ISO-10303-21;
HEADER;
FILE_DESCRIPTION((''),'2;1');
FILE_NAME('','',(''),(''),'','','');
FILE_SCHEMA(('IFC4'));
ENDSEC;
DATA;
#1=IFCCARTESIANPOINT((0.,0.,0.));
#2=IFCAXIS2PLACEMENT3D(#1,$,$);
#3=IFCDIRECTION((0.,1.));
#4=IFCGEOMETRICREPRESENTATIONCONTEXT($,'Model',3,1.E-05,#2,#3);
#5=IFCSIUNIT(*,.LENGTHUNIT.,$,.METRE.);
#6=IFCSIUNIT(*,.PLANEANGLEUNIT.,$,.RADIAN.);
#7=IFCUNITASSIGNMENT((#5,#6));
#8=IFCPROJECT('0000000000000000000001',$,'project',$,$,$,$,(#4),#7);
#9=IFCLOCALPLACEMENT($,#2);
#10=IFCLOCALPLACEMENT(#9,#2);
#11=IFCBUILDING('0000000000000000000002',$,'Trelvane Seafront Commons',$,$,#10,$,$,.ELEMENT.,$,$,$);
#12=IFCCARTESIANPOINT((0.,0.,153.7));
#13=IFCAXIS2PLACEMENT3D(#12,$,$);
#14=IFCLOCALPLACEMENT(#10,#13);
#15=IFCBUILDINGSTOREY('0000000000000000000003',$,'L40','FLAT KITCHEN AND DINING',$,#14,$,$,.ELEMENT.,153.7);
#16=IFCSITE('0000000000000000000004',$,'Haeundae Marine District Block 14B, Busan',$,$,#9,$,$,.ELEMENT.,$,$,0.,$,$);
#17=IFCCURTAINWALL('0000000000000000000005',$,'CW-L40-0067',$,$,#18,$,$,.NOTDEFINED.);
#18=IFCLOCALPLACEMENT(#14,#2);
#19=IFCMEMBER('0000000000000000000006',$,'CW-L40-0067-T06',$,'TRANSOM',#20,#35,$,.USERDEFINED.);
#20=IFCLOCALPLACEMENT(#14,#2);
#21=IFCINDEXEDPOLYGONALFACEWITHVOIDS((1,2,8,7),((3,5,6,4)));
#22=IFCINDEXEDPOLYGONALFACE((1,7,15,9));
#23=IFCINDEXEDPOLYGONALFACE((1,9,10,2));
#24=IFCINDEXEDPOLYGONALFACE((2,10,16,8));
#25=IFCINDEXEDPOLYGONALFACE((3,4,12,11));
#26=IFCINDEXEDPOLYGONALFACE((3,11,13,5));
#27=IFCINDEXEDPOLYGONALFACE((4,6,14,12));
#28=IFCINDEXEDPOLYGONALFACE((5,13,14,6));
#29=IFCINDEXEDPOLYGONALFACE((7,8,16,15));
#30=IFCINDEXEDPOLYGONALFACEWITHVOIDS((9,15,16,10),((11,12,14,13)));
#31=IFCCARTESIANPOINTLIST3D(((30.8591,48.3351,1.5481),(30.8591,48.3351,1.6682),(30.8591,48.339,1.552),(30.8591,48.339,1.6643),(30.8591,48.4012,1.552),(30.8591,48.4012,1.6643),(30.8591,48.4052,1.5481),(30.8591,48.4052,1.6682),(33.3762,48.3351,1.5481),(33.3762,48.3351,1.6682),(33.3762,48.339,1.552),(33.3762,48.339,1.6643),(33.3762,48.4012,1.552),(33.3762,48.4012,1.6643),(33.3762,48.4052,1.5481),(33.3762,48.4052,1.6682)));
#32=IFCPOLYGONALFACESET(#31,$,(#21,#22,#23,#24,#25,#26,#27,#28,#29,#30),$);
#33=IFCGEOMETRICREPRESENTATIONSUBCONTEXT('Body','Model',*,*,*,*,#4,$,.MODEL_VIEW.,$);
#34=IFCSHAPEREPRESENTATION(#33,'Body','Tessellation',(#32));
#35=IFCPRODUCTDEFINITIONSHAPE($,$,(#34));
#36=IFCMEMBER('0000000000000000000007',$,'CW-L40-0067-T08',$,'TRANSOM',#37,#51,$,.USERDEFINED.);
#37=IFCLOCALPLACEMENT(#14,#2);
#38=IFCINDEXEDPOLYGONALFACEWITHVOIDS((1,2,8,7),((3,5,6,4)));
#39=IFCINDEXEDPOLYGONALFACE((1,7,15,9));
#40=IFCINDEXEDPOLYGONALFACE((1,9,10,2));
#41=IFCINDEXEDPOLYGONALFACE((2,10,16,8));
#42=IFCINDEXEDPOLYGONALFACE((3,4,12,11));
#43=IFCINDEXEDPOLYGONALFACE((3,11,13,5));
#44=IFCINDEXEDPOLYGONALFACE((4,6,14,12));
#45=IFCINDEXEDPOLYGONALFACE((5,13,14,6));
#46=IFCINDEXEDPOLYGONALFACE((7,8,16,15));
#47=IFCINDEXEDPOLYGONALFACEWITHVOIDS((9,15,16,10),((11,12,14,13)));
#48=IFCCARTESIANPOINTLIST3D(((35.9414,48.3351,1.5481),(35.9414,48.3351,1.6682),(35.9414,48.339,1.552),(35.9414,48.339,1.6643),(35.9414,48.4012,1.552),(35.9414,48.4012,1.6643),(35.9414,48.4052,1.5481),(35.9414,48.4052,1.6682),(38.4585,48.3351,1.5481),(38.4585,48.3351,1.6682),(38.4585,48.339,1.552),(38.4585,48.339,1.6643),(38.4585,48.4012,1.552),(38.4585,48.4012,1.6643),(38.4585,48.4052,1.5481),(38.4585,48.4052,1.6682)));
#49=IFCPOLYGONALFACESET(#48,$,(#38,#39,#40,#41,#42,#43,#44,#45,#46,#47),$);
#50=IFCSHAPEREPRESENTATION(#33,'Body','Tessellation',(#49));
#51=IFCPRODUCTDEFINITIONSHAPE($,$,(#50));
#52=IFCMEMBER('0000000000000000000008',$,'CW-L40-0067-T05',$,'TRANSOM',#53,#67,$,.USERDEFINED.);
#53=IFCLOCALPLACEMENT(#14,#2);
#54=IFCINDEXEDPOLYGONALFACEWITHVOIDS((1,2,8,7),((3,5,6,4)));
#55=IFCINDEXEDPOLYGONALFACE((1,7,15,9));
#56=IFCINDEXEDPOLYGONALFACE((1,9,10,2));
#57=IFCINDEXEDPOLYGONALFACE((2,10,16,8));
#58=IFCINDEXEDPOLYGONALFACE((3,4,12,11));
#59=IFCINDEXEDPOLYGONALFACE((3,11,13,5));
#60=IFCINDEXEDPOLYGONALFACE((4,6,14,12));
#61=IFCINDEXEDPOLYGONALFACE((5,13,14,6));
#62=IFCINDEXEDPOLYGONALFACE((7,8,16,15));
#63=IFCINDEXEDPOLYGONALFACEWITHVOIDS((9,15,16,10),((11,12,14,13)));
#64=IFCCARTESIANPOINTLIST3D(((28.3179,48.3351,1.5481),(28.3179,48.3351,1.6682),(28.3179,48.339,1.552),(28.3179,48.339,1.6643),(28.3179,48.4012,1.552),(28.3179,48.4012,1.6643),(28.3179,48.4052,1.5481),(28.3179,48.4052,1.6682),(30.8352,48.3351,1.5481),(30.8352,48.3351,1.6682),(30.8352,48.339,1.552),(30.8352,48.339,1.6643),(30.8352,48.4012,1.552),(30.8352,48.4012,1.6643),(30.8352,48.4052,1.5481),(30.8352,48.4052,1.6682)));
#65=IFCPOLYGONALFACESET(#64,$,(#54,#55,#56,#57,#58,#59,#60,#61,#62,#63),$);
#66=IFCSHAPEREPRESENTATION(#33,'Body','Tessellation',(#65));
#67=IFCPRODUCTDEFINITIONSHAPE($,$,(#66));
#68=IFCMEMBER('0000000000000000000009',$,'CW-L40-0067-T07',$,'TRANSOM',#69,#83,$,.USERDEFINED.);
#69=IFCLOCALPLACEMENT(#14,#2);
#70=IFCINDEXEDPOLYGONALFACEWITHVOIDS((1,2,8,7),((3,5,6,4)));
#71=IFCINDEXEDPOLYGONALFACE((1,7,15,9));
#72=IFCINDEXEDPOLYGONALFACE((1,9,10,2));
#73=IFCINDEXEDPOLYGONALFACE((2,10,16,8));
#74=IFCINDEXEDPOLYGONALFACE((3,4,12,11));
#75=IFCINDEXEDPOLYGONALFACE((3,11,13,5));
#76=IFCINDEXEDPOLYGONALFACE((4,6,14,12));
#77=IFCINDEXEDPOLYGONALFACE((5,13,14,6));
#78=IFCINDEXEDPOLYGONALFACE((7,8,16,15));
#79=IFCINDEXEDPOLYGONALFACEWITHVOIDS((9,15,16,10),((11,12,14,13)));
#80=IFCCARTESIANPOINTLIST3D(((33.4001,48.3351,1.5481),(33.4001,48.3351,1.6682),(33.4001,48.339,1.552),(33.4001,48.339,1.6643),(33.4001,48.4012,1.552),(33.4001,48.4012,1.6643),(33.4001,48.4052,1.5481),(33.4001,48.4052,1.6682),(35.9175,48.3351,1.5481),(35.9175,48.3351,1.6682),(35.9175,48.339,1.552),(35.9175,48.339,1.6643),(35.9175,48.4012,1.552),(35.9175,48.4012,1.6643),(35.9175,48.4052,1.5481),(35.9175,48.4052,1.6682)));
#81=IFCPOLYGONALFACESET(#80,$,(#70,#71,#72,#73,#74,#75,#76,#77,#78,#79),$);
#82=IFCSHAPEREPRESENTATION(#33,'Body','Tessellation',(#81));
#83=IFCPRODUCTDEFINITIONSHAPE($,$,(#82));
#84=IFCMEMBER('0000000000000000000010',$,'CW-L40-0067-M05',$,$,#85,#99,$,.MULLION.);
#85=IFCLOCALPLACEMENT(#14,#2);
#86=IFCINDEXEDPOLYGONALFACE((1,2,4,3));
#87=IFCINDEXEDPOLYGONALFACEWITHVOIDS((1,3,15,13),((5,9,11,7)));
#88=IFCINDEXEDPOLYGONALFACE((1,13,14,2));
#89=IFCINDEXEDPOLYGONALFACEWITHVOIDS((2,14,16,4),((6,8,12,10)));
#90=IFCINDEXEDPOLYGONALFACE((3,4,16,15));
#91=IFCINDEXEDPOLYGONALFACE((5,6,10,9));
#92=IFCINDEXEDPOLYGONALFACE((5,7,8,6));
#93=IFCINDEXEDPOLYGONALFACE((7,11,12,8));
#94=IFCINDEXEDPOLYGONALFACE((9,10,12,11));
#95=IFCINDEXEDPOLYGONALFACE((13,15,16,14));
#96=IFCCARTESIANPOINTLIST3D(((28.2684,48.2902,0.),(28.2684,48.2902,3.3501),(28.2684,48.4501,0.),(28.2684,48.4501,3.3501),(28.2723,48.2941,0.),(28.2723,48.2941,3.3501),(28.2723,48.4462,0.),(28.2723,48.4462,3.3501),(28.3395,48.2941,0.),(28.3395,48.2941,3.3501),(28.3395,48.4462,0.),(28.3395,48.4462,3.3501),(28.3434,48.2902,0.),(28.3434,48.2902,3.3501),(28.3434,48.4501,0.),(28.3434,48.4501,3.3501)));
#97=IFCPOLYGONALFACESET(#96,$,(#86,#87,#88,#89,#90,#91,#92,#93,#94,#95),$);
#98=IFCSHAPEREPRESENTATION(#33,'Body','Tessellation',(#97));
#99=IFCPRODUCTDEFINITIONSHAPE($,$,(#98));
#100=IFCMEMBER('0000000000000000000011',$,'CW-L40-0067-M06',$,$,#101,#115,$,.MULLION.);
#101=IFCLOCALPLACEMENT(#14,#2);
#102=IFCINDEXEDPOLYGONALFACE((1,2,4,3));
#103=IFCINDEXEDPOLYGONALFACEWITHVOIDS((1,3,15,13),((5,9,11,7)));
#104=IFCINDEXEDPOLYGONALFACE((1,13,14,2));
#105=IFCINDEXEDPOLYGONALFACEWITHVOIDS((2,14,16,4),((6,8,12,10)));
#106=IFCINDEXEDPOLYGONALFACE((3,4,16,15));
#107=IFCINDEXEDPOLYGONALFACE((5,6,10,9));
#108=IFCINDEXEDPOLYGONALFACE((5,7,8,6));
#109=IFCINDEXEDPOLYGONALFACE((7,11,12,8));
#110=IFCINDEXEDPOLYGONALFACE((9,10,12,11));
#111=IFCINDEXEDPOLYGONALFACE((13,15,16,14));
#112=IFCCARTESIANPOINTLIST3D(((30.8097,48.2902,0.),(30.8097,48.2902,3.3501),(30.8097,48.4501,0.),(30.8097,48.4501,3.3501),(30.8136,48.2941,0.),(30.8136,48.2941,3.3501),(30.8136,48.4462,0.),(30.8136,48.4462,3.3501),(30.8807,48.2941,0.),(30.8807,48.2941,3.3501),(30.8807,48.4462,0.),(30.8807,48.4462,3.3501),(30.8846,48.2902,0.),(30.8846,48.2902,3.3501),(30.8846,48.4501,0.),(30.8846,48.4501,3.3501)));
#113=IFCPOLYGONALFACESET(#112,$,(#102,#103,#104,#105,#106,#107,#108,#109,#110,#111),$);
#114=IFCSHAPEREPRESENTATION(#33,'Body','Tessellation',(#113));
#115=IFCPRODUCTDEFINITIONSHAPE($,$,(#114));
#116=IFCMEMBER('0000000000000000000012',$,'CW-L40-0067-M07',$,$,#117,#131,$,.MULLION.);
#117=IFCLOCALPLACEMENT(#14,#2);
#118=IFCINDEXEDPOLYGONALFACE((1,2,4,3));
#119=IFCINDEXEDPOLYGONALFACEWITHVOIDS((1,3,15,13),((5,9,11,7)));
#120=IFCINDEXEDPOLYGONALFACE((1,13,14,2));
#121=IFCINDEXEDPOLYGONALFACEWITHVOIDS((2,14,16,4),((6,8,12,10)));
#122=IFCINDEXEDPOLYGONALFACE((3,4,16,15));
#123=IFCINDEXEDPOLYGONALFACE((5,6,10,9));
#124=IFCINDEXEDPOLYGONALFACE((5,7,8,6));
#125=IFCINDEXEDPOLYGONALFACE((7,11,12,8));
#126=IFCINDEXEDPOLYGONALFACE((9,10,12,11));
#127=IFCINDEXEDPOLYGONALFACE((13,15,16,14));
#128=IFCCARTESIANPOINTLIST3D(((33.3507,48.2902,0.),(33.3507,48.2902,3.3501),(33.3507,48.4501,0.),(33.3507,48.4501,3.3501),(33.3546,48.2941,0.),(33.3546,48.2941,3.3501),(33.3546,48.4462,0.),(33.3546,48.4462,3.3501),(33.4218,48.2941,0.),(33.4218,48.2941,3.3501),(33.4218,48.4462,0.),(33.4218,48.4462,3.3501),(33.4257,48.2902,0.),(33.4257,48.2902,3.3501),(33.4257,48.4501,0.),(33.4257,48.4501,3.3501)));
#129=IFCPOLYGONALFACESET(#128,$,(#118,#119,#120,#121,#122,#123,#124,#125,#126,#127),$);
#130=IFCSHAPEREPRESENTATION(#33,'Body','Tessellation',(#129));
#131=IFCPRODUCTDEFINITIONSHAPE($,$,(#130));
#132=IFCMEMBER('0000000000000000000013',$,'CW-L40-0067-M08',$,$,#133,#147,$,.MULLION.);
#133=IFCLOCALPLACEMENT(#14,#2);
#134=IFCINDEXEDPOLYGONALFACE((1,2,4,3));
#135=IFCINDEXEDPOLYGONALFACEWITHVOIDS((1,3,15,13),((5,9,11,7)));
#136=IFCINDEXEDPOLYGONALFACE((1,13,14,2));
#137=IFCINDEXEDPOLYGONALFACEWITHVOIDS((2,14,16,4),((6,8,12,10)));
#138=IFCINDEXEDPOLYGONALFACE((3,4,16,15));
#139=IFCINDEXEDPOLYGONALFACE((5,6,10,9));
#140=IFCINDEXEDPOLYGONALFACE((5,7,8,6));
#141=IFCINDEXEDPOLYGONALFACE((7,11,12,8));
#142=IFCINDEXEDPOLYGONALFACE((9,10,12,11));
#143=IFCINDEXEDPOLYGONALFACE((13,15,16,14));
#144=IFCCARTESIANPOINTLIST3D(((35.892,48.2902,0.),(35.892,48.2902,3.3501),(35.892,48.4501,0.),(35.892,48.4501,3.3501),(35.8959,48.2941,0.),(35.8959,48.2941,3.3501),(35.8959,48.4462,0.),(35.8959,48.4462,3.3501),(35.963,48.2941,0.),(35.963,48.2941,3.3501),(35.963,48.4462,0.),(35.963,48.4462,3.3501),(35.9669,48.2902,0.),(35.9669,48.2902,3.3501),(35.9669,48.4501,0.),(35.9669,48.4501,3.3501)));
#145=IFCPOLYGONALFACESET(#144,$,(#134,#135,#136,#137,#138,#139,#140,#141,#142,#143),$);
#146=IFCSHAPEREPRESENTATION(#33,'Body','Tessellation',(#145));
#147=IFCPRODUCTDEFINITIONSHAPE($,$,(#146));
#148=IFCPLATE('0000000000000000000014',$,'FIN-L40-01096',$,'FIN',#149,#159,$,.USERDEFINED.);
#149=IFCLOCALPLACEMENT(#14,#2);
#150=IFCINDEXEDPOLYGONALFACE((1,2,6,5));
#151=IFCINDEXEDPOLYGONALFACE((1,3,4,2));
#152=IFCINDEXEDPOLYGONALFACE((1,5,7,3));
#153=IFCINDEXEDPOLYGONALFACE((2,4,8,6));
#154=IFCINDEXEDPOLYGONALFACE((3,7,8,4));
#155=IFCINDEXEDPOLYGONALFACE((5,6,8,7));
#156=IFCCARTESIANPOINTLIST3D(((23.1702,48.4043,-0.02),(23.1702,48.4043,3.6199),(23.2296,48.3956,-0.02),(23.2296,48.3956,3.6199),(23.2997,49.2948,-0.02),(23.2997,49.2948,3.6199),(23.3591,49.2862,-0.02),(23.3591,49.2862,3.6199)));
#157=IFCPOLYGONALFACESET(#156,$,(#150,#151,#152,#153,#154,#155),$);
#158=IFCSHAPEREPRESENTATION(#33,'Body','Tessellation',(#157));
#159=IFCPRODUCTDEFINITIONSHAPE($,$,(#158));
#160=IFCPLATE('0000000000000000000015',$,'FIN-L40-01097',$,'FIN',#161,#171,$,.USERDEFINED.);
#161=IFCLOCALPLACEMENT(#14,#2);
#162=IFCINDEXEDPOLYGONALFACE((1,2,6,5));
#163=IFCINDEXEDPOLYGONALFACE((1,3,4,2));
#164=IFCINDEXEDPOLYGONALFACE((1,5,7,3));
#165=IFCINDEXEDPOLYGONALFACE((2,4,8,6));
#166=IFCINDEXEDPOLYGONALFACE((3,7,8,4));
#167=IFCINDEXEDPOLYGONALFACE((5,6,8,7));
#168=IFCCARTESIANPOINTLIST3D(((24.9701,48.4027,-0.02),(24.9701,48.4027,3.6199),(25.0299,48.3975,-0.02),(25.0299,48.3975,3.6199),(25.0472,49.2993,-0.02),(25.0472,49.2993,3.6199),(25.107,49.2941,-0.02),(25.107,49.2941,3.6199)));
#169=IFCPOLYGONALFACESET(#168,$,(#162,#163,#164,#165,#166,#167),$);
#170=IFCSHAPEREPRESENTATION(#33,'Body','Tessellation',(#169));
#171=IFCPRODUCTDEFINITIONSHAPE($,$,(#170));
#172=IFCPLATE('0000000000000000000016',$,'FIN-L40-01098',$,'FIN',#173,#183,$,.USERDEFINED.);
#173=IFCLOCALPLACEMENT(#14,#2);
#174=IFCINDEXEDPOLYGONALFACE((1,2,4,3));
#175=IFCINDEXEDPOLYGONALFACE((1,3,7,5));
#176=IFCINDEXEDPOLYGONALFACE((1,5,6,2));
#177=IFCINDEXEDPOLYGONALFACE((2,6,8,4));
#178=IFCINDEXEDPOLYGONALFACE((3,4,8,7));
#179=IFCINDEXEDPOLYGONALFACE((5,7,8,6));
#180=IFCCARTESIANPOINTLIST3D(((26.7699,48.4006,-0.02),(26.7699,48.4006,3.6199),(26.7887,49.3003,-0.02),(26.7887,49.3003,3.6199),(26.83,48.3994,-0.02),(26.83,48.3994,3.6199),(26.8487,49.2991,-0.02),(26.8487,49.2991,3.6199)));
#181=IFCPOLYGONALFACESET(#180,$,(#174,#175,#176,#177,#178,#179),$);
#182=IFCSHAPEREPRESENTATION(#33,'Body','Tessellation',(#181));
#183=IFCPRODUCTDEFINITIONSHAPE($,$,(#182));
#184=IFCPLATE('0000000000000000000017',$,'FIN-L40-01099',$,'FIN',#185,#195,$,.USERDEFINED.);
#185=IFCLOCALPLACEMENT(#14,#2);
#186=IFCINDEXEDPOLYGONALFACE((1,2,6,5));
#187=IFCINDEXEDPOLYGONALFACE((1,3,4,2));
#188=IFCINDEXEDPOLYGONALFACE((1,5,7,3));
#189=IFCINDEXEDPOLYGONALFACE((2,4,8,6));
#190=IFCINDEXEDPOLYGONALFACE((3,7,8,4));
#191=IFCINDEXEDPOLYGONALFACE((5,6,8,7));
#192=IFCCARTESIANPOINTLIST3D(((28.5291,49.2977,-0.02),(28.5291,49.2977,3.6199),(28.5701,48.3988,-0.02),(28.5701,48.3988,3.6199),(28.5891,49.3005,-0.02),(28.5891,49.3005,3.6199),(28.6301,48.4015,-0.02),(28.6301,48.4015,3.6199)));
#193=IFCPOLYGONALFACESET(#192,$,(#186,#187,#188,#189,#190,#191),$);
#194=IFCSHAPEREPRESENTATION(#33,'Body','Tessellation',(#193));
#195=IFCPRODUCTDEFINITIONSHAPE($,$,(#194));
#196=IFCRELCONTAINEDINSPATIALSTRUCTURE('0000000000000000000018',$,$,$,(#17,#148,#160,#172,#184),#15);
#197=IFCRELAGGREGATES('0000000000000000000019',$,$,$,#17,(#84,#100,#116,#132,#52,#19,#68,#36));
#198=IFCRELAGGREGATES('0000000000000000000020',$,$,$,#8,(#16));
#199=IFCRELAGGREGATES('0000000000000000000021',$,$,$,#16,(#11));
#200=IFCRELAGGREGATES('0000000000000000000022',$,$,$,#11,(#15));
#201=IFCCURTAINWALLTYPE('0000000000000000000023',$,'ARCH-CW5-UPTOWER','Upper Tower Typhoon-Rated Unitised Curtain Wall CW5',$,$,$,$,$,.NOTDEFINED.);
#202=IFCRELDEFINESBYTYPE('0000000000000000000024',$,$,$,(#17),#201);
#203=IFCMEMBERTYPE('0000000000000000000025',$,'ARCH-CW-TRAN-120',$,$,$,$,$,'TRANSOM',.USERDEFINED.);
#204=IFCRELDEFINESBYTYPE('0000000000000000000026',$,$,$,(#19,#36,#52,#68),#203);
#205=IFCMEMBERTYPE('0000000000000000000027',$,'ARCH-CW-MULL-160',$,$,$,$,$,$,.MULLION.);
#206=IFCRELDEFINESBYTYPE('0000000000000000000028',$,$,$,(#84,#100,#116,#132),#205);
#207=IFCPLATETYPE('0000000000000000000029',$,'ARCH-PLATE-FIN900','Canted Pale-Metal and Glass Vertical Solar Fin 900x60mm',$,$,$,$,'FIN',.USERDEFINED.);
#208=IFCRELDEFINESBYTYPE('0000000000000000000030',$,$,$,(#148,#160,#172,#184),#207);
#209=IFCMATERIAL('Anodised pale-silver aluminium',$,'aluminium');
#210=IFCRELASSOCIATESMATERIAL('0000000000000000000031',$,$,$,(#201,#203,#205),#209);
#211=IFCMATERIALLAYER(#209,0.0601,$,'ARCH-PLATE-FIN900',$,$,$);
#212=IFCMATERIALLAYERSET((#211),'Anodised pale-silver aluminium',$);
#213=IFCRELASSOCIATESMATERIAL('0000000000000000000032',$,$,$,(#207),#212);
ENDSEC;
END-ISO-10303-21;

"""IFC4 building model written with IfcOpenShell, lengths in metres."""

from ifc_helpers import new_model, si_unit, direction, frame, origin, origin_2d, place, context, subcontext, project, spatial, rectangle, hollow_rectangle, extrude, source, transform, mapped, material, layer, layer_set, material_profile, profile_set, type_object, element, aggregate, save


model = new_model("IFC4")

# Units and contexts
model_context = context("Model", 3, precision=1e-05, world=origin(), true_north=direction((0.0, 1.0)))
body_context = subcontext(model_context, "Body", "Model", "MODEL_VIEW")
ifc_project = project(units=[si_unit("LENGTHUNIT", "METRE"), si_unit("PLANEANGLEUNIT", "RADIAN")], contexts=[model_context])

# Site, building, storey
site_placement = place(None, origin())
site = spatial("IfcSite", under=ifc_project, at=site_placement, Name="Haeundae Marine District Block 14B, Busan", CompositionType="ELEMENT", RefElevation=0.0)
building_placement = place(site_placement, origin())
building = spatial("IfcBuilding", under=site, at=building_placement, Name="Trelvane Seafront Commons", CompositionType="ELEMENT")
storey_placement = place(building_placement, frame((0.0, 0.0, 153.7)))
storey = spatial("IfcBuildingStorey", under=building, at=storey_placement, Name="L40", Description="FLAT KITCHEN AND DINING", CompositionType="ELEMENT", Elevation=153.7)

# Curtain wall, members
ifc_material_1 = material(Name="Anodised pale-silver aluminium", Category="aluminium")
curtain_wall_type = type_object("IfcCurtainWallType", Name="ARCH-CW5-UPTOWER", Description="Upper Tower Typhoon-Rated Unitised Curtain Wall CW5", PredefinedType="NOTDEFINED", material=ifc_material_1)
curtain_wall_placement = place(storey_placement, origin())
curtain_wall = element("IfcCurtainWall", 1, at=curtain_wall_placement, inside=storey, type_object=curtain_wall_type, Name="CW-L40-0067", PredefinedType="NOTDEFINED")
ifc_material_profile_1 = material_profile(ifc_material_1, hollow_rectangle(XDim=0.0701, YDim=0.1201, WallThickness=0.0039, at=origin_2d()), Name="TRAN-70x120x4")
ifc_profile_set_1 = profile_set([ifc_material_profile_1], Name="Anodised pale-silver aluminium")
member_type_1 = type_object("IfcMemberType", Name="ARCH-CW-TRAN-120", ElementType="TRANSOM", PredefinedType="USERDEFINED", material=ifc_profile_set_1)
shared_shape_1 = source(origin(), body_context, "Body", "SweptSolid", [
    extrude(hollow_rectangle(XDim=0.0701, YDim=0.1201, WallThickness=0.0039, at=origin_2d()), origin(), (0.0, 0.0, 1.0), 2.5171),
])
member_1_placement = place(storey_placement, frame((30.8591, 48.3701, 1.6082), z_axis=(1.0, 0.0, 0.0), x_axis=(0.0, 1.0, 0.0)))
member_1 = element("IfcMember", 2, at=member_1_placement, type_object=member_type_1, Name="CW-L40-0067-T06", ObjectType="TRANSOM", PredefinedType="USERDEFINED", context=body_context, shape_type="MappedRepresentation", body=[
    mapped(shared_shape_1, transform((0.0, 0.0, 0.0), x_axis=(1.0, 0.0, 0.0), y_axis=(0.0, 1.0, 0.0), z_axis=(0.0, 0.0, 1.0), scale=1.0)),
])
member_2_placement = place(storey_placement, frame((35.9414, 48.3701, 1.6082), z_axis=(1.0, 0.0, 0.0), x_axis=(0.0, 1.0, 0.0)))
member_2 = element("IfcMember", 3, at=member_2_placement, type_object=member_type_1, Name="CW-L40-0067-T08", ObjectType="TRANSOM", PredefinedType="USERDEFINED", context=body_context, shape_type="MappedRepresentation", body=[
    mapped(shared_shape_1, transform((0.0, 0.0, 0.0), x_axis=(1.0, 0.0, 0.0), y_axis=(0.0, 1.0, 0.0), z_axis=(0.0, 0.0, 1.0), scale=1.0)),
])
shared_shape_2 = source(origin(), body_context, "Body", "SweptSolid", [
    extrude(hollow_rectangle(XDim=0.0701, YDim=0.1201, WallThickness=0.0039, at=origin_2d()), origin(), (0.0, 0.0, 1.0), 2.5173),
])
member_3_placement = place(storey_placement, frame((28.3179, 48.3701, 1.6082), z_axis=(1.0, 0.0, 0.0), x_axis=(0.0, 1.0, 0.0)))
member_3 = element("IfcMember", 4, at=member_3_placement, type_object=member_type_1, Name="CW-L40-0067-T05", ObjectType="TRANSOM", PredefinedType="USERDEFINED", context=body_context, shape_type="MappedRepresentation", body=[
    mapped(shared_shape_2, transform((0.0, 0.0, 0.0), x_axis=(1.0, 0.0, 0.0), y_axis=(0.0, 1.0, 0.0), z_axis=(0.0, 0.0, 1.0), scale=1.0)),
])
member_4_placement = place(storey_placement, frame((33.4001, 48.3701, 1.6082), z_axis=(1.0, 0.0, 0.0), x_axis=(0.0, 1.0, 0.0)))
member_4 = element("IfcMember", 5, at=member_4_placement, type_object=member_type_1, Name="CW-L40-0067-T07", ObjectType="TRANSOM", PredefinedType="USERDEFINED", context=body_context, shape_type="MappedRepresentation", body=[
    mapped(shared_shape_2, transform((0.0, 0.0, 0.0), x_axis=(1.0, 0.0, 0.0), y_axis=(0.0, 1.0, 0.0), z_axis=(0.0, 0.0, 1.0), scale=1.0)),
])
ifc_material_profile_2 = material_profile(ifc_material_1, hollow_rectangle(XDim=0.075, YDim=0.1599, WallThickness=0.0039, at=origin_2d()), Name="MULL-75x160x4")
ifc_profile_set_2 = profile_set([ifc_material_profile_2], Name="Anodised pale-silver aluminium")
member_type_2 = type_object("IfcMemberType", Name="ARCH-CW-MULL-160", PredefinedType="MULLION", material=ifc_profile_set_2)
shared_shape_3 = source(origin(), body_context, "Body", "SweptSolid", [
    extrude(hollow_rectangle(XDim=0.075, YDim=0.1599, WallThickness=0.0039, at=origin_2d()), origin(), (0.0, 0.0, 1.0), 3.3501),
])
member_5_placement = place(storey_placement, frame((28.3059, 48.3701, 0.0), z_axis=(0.0, 0.0, 1.0), x_axis=(1.0, 0.0, 0.0)))
member_5 = element("IfcMember", 6, at=member_5_placement, type_object=member_type_2, Name="CW-L40-0067-M05", PredefinedType="MULLION", context=body_context, shape_type="MappedRepresentation", body=[
    mapped(shared_shape_3, transform((0.0, 0.0, 0.0), x_axis=(1.0, 0.0, 0.0), y_axis=(0.0, 1.0, 0.0), z_axis=(0.0, 0.0, 1.0), scale=1.0)),
])
member_6_placement = place(storey_placement, frame((30.8472, 48.3701, 0.0), z_axis=(0.0, 0.0, 1.0), x_axis=(1.0, 0.0, 0.0)))
member_6 = element("IfcMember", 7, at=member_6_placement, type_object=member_type_2, Name="CW-L40-0067-M06", PredefinedType="MULLION", context=body_context, shape_type="MappedRepresentation", body=[
    mapped(shared_shape_3, transform((0.0, 0.0, 0.0), x_axis=(1.0, 0.0, 0.0), y_axis=(0.0, 1.0, 0.0), z_axis=(0.0, 0.0, 1.0), scale=1.0)),
])
member_7_placement = place(storey_placement, frame((33.3882, 48.3701, 0.0), z_axis=(0.0, 0.0, 1.0), x_axis=(1.0, 0.0, 0.0)))
member_7 = element("IfcMember", 8, at=member_7_placement, type_object=member_type_2, Name="CW-L40-0067-M07", PredefinedType="MULLION", context=body_context, shape_type="MappedRepresentation", body=[
    mapped(shared_shape_3, transform((0.0, 0.0, 0.0), x_axis=(1.0, 0.0, 0.0), y_axis=(0.0, 1.0, 0.0), z_axis=(0.0, 0.0, 1.0), scale=1.0)),
])
member_8_placement = place(storey_placement, frame((35.9294, 48.3701, 0.0), z_axis=(0.0, 0.0, 1.0), x_axis=(1.0, 0.0, 0.0)))
member_8 = element("IfcMember", 9, at=member_8_placement, type_object=member_type_2, Name="CW-L40-0067-M08", PredefinedType="MULLION", context=body_context, shape_type="MappedRepresentation", body=[
    mapped(shared_shape_3, transform((0.0, 0.0, 0.0), x_axis=(1.0, 0.0, 0.0), y_axis=(0.0, 1.0, 0.0), z_axis=(0.0, 0.0, 1.0), scale=1.0)),
])

# Plates
ifc_layer_1 = layer(ifc_material_1, 0.0601, Name="ARCH-PLATE-FIN900")
ifc_layer_set_1 = layer_set([ifc_layer_1], Name="Anodised pale-silver aluminium")
plate_type_1 = type_object("IfcPlateType", Name="ARCH-PLATE-FIN900", Description="Canted Pale-Metal and Glass Vertical Solar Fin 900x60mm", ElementType="FIN", PredefinedType="USERDEFINED", material=ifc_layer_set_1)
shared_shape_4 = source(origin(), body_context, "Body", "SweptSolid", [
    extrude(rectangle(XDim=0.8999, YDim=0.0601, at=origin_2d()), origin(), (0.0, 0.0, 1.0), 3.6399),
])
for number, where, z_axis, x_axis, name in (
    (10, (23.2646, 48.8452, -0.02), (0.0, 0.0, 1.0), (0.143895, 0.989593, 0.0), "FIN-L40-01096"),
    (11, (25.0386, 48.8484, -0.02), (0.0, 0.0, 1.0), (0.085666, 0.996324, 0.0), "FIN-L40-01097"),
    (12, (26.8093, 48.8499, -0.02), (0.0, 0.0, 1.0), (0.020888, 0.999782, 0.0), "FIN-L40-01098"),
    (13, (28.5796, 48.8496, -0.02), (0.0, 0.0, 1.0), (-0.045553, 0.998962, 0.0), "FIN-L40-01099"),
):
    element("IfcPlate", number, at=place(storey_placement, frame(where, z_axis=z_axis, x_axis=x_axis)), inside=storey, type_object=plate_type_1, Name=name, ObjectType="FIN", PredefinedType="USERDEFINED", context=body_context, shape_type="MappedRepresentation", body=[
        mapped(shared_shape_4, transform((0.0, 0.0, 0.0), x_axis=(1.0, 0.0, 0.0), y_axis=(0.0, 1.0, 0.0), z_axis=(0.0, 0.0, 1.0), scale=1.0)),
    ])

aggregate(curtain_wall, [member_5, member_6, member_7, member_8, member_3, member_1, member_4, member_2])

save(model, "model.ifc")
